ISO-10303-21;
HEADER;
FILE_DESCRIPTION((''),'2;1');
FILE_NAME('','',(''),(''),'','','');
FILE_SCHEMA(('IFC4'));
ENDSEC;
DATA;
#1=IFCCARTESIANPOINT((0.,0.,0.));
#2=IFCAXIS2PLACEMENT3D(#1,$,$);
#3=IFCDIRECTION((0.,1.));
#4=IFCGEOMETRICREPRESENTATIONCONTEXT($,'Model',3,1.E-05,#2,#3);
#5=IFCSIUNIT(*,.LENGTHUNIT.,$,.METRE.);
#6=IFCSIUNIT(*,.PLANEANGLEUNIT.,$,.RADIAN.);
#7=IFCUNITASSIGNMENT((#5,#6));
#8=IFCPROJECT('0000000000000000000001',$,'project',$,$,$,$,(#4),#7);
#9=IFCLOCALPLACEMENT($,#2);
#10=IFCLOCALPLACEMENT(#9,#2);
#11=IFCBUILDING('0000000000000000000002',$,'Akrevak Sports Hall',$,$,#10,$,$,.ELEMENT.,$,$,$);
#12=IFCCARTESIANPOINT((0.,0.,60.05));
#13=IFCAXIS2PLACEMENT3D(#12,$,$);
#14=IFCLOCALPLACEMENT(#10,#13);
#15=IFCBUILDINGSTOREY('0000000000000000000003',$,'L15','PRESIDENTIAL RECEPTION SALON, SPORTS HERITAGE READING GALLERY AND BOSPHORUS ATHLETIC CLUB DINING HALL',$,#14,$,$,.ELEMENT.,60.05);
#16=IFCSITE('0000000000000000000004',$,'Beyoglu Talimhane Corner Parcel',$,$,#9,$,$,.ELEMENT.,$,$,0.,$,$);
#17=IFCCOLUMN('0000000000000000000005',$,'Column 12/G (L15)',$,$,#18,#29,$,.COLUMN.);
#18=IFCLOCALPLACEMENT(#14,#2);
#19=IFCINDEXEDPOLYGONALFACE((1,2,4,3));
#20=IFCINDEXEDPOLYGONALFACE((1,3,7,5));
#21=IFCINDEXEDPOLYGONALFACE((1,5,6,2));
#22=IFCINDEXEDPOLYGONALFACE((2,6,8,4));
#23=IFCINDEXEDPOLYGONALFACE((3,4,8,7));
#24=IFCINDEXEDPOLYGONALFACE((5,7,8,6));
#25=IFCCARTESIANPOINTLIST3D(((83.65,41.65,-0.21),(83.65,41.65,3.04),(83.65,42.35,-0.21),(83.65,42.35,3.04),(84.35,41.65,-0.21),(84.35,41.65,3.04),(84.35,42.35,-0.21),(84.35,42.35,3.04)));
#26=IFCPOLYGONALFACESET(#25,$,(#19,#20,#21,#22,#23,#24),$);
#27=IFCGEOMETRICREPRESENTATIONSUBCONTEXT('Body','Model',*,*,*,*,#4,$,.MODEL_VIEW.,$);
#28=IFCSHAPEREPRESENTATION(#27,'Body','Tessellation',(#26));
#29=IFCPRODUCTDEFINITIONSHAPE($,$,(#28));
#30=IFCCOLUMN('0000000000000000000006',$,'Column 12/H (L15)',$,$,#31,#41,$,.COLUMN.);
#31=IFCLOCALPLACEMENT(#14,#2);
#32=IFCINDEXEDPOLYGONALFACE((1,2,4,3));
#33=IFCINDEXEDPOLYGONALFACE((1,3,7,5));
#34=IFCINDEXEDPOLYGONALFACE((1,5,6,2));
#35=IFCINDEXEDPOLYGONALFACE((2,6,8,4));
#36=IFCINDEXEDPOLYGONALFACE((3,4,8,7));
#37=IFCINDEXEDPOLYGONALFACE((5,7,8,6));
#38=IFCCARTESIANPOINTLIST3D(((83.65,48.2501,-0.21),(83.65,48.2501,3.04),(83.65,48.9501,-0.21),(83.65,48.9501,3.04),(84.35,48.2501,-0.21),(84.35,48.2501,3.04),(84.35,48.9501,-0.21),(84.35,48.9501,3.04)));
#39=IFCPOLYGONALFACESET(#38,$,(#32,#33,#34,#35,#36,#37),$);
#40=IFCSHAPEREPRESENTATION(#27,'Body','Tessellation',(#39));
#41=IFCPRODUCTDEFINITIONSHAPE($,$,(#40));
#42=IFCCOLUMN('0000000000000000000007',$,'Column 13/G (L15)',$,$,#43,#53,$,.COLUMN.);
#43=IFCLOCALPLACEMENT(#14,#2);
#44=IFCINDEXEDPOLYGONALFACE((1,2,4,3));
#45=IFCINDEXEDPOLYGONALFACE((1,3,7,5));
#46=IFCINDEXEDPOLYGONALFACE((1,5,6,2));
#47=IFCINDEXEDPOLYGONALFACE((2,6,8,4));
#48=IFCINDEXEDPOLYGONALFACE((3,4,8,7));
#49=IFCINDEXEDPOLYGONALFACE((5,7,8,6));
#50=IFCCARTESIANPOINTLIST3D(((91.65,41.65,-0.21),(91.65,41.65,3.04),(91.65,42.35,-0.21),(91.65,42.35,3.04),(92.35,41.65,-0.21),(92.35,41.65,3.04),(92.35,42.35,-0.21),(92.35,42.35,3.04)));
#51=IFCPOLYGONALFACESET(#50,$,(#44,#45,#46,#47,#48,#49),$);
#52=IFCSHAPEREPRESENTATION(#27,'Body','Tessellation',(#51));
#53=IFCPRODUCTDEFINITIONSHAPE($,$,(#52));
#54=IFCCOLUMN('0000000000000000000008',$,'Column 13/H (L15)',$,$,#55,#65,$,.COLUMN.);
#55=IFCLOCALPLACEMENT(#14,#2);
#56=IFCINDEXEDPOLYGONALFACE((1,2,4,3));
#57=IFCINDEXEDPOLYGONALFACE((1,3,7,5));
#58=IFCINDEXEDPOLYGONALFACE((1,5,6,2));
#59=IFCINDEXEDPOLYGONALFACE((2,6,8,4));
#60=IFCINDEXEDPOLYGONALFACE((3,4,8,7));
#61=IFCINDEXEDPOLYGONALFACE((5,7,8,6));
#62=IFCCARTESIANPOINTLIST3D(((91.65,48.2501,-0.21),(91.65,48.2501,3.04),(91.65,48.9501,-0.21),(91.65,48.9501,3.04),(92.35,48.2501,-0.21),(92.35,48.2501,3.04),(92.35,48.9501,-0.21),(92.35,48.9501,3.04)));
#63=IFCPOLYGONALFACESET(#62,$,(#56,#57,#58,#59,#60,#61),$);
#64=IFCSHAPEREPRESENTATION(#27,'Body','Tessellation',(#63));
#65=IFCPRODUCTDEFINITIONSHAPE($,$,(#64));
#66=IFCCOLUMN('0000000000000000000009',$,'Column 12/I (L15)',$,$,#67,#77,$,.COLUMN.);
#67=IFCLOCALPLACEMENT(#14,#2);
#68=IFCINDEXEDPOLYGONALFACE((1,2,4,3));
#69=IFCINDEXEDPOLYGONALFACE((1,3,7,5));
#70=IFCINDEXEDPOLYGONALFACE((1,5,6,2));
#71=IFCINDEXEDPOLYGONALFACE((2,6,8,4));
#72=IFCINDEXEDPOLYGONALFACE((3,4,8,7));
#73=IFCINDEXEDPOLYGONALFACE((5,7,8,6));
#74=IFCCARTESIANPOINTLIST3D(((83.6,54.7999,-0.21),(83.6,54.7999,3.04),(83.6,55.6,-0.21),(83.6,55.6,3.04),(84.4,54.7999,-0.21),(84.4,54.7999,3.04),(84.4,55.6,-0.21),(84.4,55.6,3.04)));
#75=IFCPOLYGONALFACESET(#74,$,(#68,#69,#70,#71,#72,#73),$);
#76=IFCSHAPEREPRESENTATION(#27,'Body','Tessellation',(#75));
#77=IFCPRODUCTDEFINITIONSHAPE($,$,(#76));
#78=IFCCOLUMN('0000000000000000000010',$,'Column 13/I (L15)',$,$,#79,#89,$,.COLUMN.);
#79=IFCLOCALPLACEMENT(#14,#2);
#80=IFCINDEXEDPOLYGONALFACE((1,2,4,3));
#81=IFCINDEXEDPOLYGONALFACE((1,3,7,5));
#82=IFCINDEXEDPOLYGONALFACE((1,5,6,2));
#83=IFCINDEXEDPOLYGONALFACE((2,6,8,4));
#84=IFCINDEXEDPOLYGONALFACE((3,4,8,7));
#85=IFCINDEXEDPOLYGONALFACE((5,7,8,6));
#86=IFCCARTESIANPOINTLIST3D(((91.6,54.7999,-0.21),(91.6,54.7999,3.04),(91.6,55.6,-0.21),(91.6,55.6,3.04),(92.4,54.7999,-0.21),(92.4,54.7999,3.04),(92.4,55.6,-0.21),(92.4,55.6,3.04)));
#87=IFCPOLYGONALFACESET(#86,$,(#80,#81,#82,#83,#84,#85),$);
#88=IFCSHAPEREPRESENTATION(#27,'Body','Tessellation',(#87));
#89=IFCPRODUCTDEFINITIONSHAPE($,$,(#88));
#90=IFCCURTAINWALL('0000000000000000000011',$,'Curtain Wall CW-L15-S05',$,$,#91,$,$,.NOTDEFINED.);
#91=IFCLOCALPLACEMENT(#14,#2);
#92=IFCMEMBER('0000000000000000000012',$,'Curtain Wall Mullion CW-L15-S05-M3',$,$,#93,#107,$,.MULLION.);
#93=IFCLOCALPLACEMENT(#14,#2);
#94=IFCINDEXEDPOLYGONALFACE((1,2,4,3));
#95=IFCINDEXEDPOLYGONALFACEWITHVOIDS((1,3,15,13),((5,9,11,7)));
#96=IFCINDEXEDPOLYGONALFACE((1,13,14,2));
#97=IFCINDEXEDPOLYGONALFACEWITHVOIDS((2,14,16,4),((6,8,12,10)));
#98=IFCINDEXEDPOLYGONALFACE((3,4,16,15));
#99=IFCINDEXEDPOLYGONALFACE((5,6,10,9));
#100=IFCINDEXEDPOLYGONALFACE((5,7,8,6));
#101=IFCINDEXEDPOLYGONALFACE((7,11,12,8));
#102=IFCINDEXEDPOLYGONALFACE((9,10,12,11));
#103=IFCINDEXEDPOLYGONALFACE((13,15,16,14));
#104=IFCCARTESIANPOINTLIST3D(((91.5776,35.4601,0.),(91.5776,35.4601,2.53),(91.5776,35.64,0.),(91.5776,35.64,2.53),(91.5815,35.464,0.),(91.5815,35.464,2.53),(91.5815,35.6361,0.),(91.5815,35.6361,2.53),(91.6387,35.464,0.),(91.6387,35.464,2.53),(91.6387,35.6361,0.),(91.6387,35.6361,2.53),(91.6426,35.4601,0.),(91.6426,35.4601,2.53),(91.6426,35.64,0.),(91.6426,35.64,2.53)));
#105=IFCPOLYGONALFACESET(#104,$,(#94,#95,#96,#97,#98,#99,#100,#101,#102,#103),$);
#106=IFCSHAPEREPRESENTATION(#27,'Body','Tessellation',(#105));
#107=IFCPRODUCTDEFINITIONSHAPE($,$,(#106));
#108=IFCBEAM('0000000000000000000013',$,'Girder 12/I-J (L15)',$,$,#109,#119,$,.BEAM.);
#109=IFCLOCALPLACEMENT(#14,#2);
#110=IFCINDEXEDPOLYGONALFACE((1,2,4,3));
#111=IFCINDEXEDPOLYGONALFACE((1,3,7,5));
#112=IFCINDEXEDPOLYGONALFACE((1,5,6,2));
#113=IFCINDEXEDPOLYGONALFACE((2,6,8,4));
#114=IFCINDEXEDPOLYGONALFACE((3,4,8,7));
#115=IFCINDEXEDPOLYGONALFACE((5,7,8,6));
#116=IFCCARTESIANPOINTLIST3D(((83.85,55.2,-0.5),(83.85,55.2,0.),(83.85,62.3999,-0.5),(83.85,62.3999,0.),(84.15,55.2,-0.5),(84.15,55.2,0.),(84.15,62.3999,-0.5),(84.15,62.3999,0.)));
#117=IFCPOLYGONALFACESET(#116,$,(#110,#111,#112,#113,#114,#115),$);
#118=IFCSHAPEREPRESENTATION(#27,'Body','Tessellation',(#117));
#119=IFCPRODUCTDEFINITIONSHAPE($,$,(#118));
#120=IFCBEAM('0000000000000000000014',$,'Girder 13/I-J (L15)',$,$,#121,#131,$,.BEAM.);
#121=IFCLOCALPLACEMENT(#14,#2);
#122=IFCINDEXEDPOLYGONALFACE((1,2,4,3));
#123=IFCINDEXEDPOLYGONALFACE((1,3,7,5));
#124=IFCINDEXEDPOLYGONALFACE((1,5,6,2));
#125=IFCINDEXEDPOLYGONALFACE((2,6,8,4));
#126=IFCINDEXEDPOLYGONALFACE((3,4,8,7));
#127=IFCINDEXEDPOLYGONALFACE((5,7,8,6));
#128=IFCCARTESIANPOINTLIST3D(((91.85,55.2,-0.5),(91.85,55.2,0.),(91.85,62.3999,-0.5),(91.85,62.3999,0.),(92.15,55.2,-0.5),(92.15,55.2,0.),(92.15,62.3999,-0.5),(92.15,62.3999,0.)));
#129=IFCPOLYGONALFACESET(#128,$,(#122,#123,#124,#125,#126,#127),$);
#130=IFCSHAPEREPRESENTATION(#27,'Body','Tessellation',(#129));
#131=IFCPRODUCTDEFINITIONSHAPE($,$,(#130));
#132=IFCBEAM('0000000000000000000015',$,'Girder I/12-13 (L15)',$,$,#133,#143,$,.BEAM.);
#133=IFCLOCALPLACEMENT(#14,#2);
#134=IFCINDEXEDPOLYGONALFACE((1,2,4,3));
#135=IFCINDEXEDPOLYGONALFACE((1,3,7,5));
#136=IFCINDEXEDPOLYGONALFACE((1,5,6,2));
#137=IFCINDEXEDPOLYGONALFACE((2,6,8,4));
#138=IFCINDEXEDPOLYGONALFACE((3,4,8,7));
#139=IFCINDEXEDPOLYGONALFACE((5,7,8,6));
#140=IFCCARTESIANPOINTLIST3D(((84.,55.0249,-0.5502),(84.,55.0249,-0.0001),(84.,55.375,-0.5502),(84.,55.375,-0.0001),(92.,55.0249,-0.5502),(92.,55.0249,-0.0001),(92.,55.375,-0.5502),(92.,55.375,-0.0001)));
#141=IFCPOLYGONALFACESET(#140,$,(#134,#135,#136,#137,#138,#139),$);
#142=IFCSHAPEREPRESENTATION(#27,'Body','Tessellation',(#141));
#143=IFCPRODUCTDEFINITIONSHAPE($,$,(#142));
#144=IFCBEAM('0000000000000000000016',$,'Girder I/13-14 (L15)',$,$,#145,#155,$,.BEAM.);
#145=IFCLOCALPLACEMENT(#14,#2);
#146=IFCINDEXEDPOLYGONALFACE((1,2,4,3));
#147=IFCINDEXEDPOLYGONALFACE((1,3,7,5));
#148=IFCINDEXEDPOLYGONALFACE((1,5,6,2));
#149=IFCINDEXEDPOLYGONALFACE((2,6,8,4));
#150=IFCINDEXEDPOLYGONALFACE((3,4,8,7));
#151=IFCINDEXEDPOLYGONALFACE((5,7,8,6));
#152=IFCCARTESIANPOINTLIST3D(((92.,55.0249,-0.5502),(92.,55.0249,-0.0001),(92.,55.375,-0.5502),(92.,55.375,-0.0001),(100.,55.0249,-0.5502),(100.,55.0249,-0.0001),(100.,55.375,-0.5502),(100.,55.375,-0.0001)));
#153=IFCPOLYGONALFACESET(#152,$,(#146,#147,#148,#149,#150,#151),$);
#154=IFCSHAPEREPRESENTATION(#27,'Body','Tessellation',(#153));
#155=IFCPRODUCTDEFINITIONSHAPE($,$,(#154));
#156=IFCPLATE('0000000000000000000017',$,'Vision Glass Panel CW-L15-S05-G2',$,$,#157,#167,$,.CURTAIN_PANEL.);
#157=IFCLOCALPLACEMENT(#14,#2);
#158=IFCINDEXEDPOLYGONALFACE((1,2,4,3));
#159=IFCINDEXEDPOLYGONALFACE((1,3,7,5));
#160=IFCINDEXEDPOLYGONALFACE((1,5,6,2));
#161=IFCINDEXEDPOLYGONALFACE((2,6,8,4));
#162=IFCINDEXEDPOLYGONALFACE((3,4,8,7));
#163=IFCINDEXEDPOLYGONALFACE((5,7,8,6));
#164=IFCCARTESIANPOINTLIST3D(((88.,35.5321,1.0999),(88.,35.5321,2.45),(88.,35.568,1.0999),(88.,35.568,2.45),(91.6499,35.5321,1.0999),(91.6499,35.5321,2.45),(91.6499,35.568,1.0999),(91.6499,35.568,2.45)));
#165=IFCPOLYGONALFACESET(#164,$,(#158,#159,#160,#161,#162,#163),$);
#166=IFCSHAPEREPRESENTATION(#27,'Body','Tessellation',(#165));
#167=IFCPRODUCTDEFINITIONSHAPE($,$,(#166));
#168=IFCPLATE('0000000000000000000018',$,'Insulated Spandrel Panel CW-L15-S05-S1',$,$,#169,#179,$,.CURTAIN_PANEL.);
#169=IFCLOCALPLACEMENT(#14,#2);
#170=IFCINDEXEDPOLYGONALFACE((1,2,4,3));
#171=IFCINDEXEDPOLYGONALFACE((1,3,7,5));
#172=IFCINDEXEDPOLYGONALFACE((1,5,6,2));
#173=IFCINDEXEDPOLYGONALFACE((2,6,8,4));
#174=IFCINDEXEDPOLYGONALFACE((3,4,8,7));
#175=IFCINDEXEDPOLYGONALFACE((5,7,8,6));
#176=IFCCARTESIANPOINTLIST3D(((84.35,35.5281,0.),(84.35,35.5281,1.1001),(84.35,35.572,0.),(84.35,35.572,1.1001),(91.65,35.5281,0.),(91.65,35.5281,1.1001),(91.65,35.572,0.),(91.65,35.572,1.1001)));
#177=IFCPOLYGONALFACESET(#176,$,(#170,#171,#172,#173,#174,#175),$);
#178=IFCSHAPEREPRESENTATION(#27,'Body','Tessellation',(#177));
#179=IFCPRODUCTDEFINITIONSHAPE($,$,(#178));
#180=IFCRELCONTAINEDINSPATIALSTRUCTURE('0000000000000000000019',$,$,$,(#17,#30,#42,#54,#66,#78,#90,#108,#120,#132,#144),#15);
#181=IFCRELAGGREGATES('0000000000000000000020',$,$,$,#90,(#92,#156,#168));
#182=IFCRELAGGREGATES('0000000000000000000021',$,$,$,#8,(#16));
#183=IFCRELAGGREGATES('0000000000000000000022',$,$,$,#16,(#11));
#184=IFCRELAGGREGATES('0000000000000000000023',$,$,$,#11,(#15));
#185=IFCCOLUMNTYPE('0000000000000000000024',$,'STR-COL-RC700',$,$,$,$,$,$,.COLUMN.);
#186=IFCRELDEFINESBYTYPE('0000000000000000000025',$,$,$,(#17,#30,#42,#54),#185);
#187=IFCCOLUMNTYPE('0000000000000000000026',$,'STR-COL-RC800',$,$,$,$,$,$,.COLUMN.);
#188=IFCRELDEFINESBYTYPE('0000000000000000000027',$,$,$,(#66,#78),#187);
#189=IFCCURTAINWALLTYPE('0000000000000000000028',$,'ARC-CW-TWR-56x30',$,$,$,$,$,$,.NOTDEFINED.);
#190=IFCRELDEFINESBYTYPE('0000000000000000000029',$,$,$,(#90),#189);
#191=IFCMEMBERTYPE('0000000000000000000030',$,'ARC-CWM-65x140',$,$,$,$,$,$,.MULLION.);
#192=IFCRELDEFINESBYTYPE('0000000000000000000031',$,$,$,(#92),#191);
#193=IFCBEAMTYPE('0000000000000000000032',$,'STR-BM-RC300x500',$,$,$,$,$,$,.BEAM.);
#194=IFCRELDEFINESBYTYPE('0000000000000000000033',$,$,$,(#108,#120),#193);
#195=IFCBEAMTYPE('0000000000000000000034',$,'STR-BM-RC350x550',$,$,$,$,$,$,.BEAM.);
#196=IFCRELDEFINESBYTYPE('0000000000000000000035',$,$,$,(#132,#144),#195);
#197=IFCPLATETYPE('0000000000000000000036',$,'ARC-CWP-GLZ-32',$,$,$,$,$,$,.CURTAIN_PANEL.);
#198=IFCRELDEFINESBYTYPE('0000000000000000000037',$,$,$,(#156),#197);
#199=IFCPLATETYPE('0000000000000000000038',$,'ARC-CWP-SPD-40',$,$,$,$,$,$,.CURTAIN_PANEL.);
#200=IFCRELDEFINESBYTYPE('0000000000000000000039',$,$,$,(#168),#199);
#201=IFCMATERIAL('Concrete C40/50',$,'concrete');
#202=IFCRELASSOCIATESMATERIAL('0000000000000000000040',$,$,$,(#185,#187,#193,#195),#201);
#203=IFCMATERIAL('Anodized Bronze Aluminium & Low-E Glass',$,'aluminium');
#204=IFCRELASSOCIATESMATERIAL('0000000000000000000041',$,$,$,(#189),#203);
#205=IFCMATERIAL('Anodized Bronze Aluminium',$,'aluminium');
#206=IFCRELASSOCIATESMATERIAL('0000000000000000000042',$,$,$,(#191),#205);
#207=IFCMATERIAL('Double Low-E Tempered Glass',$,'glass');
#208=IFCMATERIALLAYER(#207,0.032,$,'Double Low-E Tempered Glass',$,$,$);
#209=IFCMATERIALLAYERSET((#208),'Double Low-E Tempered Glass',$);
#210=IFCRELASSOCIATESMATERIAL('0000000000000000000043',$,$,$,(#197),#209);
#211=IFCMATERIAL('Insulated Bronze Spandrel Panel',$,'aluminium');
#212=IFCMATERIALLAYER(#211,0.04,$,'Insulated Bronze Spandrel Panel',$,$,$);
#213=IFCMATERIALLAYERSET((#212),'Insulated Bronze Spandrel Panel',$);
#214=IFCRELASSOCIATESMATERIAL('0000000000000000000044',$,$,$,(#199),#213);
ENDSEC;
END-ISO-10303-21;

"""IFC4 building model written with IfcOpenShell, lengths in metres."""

from ifc_helpers import new_model, si_unit, direction, frame, origin, origin_2d, place, context, subcontext, project, spatial, rectangle, hollow_rectangle, extrude, material, layer, layer_set, material_profile, profile_set, type_object, element, aggregate, save


model = new_model("IFC4")

# Units and contexts
model_context = context("Model", 3, precision=1e-05, world=origin(), true_north=direction((0.0, 1.0)))
body_context = subcontext(model_context, "Body", "Model", "MODEL_VIEW")
ifc_project = project(units=[si_unit("LENGTHUNIT", "METRE"), si_unit("PLANEANGLEUNIT", "RADIAN")], contexts=[model_context])

# Site, building, storey
site_placement = place(None, origin())
site = spatial("IfcSite", under=ifc_project, at=site_placement, Name="Beyoglu Talimhane Corner Parcel", CompositionType="ELEMENT", RefElevation=0.0)
building_placement = place(site_placement, origin())
building = spatial("IfcBuilding", under=site, at=building_placement, Name="Akrevak Sports Hall", CompositionType="ELEMENT")
storey_placement = place(building_placement, frame((0.0, 0.0, 60.05)))
storey = spatial("IfcBuildingStorey", under=building, at=storey_placement, Name="L15", Description="PRESIDENTIAL RECEPTION SALON, SPORTS HERITAGE READING GALLERY AND BOSPHORUS ATHLETIC CLUB DINING HALL", CompositionType="ELEMENT", Elevation=60.05)

# Columns
ifc_material_1 = material(Name="Concrete C40/50", Category="concrete")
ifc_material_profile_1 = material_profile(ifc_material_1, rectangle(XDim=0.7, YDim=0.7, at=origin_2d()), Name="RC 700x700", Category="concrete")
ifc_profile_set_1 = profile_set([ifc_material_profile_1], Name="Concrete C40/50")
column_type_1 = type_object("IfcColumnType", Name="STR-COL-RC700", PredefinedType="COLUMN", material=ifc_profile_set_1)
for number, where, z_axis, x_axis, name in (
    (1, (84.0, 42.0, -0.21), (0.0, 0.0, 1.0), (1.0, 0.0, 0.0), "Column 12/G (L15)"),
    (2, (84.0, 48.6001, -0.21), (0.0, 0.0, 1.0), (1.0, 0.0, 0.0), "Column 12/H (L15)"),
    (3, (92.0, 42.0, -0.21), (0.0, 0.0, 1.0), (1.0, 0.0, 0.0), "Column 13/G (L15)"),
    (4, (92.0, 48.6001, -0.21), (0.0, 0.0, 1.0), (1.0, 0.0, 0.0), "Column 13/H (L15)"),
):
    element("IfcColumn", number, at=place(storey_placement, frame(where, z_axis=z_axis, x_axis=x_axis)), inside=storey, type_object=column_type_1, Name=name, PredefinedType="COLUMN", context=body_context, shape_type="SweptSolid", body=[
        extrude(rectangle(XDim=0.7, YDim=0.7, at=origin_2d()), origin(), (0.0, 0.0, 1.0), 3.25),
    ])
ifc_material_profile_2 = material_profile(ifc_material_1, rectangle(XDim=0.8, YDim=0.8, at=origin_2d()), Name="RC 800x800", Category="concrete")
ifc_profile_set_2 = profile_set([ifc_material_profile_2], Name="Concrete C40/50")
column_type_2 = type_object("IfcColumnType", Name="STR-COL-RC800", PredefinedType="COLUMN", material=ifc_profile_set_2)
for number, where, z_axis, x_axis, name in (
    (5, (84.0, 55.2, -0.21), (0.0, 0.0, 1.0), (1.0, 0.0, 0.0), "Column 12/I (L15)"),
    (6, (92.0, 55.2, -0.21), (0.0, 0.0, 1.0), (1.0, 0.0, 0.0), "Column 13/I (L15)"),
):
    element("IfcColumn", number, at=place(storey_placement, frame(where, z_axis=z_axis, x_axis=x_axis)), inside=storey, type_object=column_type_2, Name=name, PredefinedType="COLUMN", context=body_context, shape_type="SweptSolid", body=[
        extrude(rectangle(XDim=0.8, YDim=0.8, at=origin_2d()), origin(), (0.0, 0.0, 1.0), 3.25),
    ])

# Curtain wall, member
ifc_material_2 = material(Name="Anodized Bronze Aluminium & Low-E Glass", Category="aluminium")
curtain_wall_type = type_object("IfcCurtainWallType", Name="ARC-CW-TWR-56x30", PredefinedType="NOTDEFINED", material=ifc_material_2)
curtain_wall_placement = place(storey_placement, origin())
curtain_wall = element("IfcCurtainWall", 7, at=curtain_wall_placement, inside=storey, type_object=curtain_wall_type, Name="Curtain Wall CW-L15-S05", PredefinedType="NOTDEFINED")
ifc_material_3 = material(Name="Anodized Bronze Aluminium", Category="aluminium")
ifc_material_profile_3 = material_profile(ifc_material_3, hollow_rectangle(XDim=0.0649, YDim=0.1799, WallThickness=0.0039, at=origin_2d()), Name="CWM 65x180", Category="aluminium")
ifc_profile_set_3 = profile_set([ifc_material_profile_3], Name="Anodized Bronze Aluminium")
member_type = type_object("IfcMemberType", Name="ARC-CWM-65x140", PredefinedType="MULLION", material=ifc_profile_set_3)
member_placement = place(storey_placement, frame((91.6101, 35.55, 0.0), z_axis=(0.0, 0.0, 1.0), x_axis=(1.0, 0.0, 0.0)))
member = element("IfcMember", 8, at=member_placement, type_object=member_type, Name="Curtain Wall Mullion CW-L15-S05-M3", PredefinedType="MULLION", context=body_context, shape_type="SweptSolid", body=[
    extrude(hollow_rectangle(XDim=0.0649, YDim=0.1799, WallThickness=0.0039, at=origin_2d()), origin(), (0.0, 0.0, 1.0), 2.53),
])

# Beams
ifc_material_profile_4 = material_profile(ifc_material_1, rectangle(XDim=0.3, YDim=0.5, at=origin_2d()), Name="BM 300x500", Category="concrete")
ifc_profile_set_4 = profile_set([ifc_material_profile_4], Name="Concrete C40/50")
beam_type_1 = type_object("IfcBeamType", Name="STR-BM-RC300x500", PredefinedType="BEAM", material=ifc_profile_set_4)
for number, where, z_axis, x_axis, name in (
    (9, (84.0, 55.2, -0.25), (0.0, 1.0, 0.0), (-1.0, 0.0, 0.0), "Girder 12/I-J (L15)"),
    (10, (92.0, 55.2, -0.25), (0.0, 1.0, 0.0), (-1.0, 0.0, 0.0), "Girder 13/I-J (L15)"),
):
    element("IfcBeam", number, at=place(storey_placement, frame(where, z_axis=z_axis, x_axis=x_axis)), inside=storey, type_object=beam_type_1, Name=name, PredefinedType="BEAM", context=body_context, shape_type="SweptSolid", body=[
        extrude(rectangle(XDim=0.3, YDim=0.5, at=origin_2d()), origin(), (0.0, 0.0, 1.0), 7.2),
    ])
ifc_material_profile_5 = material_profile(ifc_material_1, rectangle(XDim=0.3501, YDim=0.55, at=origin_2d()), Name="BM 350x550", Category="concrete")
ifc_profile_set_5 = profile_set([ifc_material_profile_5], Name="Concrete C40/50")
beam_type_2 = type_object("IfcBeamType", Name="STR-BM-RC350x550", PredefinedType="BEAM", material=ifc_profile_set_5)
for number, where, z_axis, x_axis, name in (
    (11, (84.0, 55.2, -0.2751), (1.0, 0.0, 0.0), (0.0, 1.0, 0.0), "Girder I/12-13 (L15)"),
    (12, (92.0, 55.2, -0.2751), (1.0, 0.0, 0.0), (0.0, 1.0, 0.0), "Girder I/13-14 (L15)"),
):
    element("IfcBeam", number, at=place(storey_placement, frame(where, z_axis=z_axis, x_axis=x_axis)), inside=storey, type_object=beam_type_2, Name=name, PredefinedType="BEAM", context=body_context, shape_type="SweptSolid", body=[
        extrude(rectangle(XDim=0.3501, YDim=0.55, at=origin_2d()), origin(), (0.0, 0.0, 1.0), 8.0),
    ])

# Plates
ifc_material_4 = material(Name="Double Low-E Tempered Glass", Category="glass")
ifc_layer_1 = layer(ifc_material_4, 0.032, Name="Double Low-E Tempered Glass")
ifc_layer_set_1 = layer_set([ifc_layer_1], Name="Double Low-E Tempered Glass")
plate_type_1 = type_object("IfcPlateType", Name="ARC-CWP-GLZ-32", PredefinedType="CURTAIN_PANEL", material=ifc_layer_set_1)
plate_1_placement = place(storey_placement, frame((89.825, 35.55, 1.0999), z_axis=(0.0, 0.0, 1.0), x_axis=(1.0, 0.0, 0.0)))
plate_1 = element("IfcPlate", 13, at=plate_1_placement, type_object=plate_type_1, Name="Vision Glass Panel CW-L15-S05-G2", PredefinedType="CURTAIN_PANEL", context=body_context, shape_type="SweptSolid", body=[
    extrude(rectangle(XDim=3.6499, YDim=0.0359, at=origin_2d()), origin(), (0.0, 0.0, 1.0), 1.3501),
])
ifc_material_5 = material(Name="Insulated Bronze Spandrel Panel", Category="aluminium")
ifc_layer_2 = layer(ifc_material_5, 0.04, Name="Insulated Bronze Spandrel Panel")
ifc_layer_set_2 = layer_set([ifc_layer_2], Name="Insulated Bronze Spandrel Panel")
plate_type_2 = type_object("IfcPlateType", Name="ARC-CWP-SPD-40", PredefinedType="CURTAIN_PANEL", material=ifc_layer_set_2)
plate_2_placement = place(storey_placement, frame((88.0, 35.55, 0.0), z_axis=(0.0, 0.0, 1.0), x_axis=(1.0, 0.0, 0.0)))
plate_2 = element("IfcPlate", 14, at=plate_2_placement, type_object=plate_type_2, Name="Insulated Spandrel Panel CW-L15-S05-S1", PredefinedType="CURTAIN_PANEL", context=body_context, shape_type="SweptSolid", body=[
    extrude(rectangle(XDim=7.3, YDim=0.0439, at=origin_2d()), origin(), (0.0, 0.0, 1.0), 1.1001),
])
aggregate(curtain_wall, [member, plate_1, plate_2])

save(model, "model.ifc")
